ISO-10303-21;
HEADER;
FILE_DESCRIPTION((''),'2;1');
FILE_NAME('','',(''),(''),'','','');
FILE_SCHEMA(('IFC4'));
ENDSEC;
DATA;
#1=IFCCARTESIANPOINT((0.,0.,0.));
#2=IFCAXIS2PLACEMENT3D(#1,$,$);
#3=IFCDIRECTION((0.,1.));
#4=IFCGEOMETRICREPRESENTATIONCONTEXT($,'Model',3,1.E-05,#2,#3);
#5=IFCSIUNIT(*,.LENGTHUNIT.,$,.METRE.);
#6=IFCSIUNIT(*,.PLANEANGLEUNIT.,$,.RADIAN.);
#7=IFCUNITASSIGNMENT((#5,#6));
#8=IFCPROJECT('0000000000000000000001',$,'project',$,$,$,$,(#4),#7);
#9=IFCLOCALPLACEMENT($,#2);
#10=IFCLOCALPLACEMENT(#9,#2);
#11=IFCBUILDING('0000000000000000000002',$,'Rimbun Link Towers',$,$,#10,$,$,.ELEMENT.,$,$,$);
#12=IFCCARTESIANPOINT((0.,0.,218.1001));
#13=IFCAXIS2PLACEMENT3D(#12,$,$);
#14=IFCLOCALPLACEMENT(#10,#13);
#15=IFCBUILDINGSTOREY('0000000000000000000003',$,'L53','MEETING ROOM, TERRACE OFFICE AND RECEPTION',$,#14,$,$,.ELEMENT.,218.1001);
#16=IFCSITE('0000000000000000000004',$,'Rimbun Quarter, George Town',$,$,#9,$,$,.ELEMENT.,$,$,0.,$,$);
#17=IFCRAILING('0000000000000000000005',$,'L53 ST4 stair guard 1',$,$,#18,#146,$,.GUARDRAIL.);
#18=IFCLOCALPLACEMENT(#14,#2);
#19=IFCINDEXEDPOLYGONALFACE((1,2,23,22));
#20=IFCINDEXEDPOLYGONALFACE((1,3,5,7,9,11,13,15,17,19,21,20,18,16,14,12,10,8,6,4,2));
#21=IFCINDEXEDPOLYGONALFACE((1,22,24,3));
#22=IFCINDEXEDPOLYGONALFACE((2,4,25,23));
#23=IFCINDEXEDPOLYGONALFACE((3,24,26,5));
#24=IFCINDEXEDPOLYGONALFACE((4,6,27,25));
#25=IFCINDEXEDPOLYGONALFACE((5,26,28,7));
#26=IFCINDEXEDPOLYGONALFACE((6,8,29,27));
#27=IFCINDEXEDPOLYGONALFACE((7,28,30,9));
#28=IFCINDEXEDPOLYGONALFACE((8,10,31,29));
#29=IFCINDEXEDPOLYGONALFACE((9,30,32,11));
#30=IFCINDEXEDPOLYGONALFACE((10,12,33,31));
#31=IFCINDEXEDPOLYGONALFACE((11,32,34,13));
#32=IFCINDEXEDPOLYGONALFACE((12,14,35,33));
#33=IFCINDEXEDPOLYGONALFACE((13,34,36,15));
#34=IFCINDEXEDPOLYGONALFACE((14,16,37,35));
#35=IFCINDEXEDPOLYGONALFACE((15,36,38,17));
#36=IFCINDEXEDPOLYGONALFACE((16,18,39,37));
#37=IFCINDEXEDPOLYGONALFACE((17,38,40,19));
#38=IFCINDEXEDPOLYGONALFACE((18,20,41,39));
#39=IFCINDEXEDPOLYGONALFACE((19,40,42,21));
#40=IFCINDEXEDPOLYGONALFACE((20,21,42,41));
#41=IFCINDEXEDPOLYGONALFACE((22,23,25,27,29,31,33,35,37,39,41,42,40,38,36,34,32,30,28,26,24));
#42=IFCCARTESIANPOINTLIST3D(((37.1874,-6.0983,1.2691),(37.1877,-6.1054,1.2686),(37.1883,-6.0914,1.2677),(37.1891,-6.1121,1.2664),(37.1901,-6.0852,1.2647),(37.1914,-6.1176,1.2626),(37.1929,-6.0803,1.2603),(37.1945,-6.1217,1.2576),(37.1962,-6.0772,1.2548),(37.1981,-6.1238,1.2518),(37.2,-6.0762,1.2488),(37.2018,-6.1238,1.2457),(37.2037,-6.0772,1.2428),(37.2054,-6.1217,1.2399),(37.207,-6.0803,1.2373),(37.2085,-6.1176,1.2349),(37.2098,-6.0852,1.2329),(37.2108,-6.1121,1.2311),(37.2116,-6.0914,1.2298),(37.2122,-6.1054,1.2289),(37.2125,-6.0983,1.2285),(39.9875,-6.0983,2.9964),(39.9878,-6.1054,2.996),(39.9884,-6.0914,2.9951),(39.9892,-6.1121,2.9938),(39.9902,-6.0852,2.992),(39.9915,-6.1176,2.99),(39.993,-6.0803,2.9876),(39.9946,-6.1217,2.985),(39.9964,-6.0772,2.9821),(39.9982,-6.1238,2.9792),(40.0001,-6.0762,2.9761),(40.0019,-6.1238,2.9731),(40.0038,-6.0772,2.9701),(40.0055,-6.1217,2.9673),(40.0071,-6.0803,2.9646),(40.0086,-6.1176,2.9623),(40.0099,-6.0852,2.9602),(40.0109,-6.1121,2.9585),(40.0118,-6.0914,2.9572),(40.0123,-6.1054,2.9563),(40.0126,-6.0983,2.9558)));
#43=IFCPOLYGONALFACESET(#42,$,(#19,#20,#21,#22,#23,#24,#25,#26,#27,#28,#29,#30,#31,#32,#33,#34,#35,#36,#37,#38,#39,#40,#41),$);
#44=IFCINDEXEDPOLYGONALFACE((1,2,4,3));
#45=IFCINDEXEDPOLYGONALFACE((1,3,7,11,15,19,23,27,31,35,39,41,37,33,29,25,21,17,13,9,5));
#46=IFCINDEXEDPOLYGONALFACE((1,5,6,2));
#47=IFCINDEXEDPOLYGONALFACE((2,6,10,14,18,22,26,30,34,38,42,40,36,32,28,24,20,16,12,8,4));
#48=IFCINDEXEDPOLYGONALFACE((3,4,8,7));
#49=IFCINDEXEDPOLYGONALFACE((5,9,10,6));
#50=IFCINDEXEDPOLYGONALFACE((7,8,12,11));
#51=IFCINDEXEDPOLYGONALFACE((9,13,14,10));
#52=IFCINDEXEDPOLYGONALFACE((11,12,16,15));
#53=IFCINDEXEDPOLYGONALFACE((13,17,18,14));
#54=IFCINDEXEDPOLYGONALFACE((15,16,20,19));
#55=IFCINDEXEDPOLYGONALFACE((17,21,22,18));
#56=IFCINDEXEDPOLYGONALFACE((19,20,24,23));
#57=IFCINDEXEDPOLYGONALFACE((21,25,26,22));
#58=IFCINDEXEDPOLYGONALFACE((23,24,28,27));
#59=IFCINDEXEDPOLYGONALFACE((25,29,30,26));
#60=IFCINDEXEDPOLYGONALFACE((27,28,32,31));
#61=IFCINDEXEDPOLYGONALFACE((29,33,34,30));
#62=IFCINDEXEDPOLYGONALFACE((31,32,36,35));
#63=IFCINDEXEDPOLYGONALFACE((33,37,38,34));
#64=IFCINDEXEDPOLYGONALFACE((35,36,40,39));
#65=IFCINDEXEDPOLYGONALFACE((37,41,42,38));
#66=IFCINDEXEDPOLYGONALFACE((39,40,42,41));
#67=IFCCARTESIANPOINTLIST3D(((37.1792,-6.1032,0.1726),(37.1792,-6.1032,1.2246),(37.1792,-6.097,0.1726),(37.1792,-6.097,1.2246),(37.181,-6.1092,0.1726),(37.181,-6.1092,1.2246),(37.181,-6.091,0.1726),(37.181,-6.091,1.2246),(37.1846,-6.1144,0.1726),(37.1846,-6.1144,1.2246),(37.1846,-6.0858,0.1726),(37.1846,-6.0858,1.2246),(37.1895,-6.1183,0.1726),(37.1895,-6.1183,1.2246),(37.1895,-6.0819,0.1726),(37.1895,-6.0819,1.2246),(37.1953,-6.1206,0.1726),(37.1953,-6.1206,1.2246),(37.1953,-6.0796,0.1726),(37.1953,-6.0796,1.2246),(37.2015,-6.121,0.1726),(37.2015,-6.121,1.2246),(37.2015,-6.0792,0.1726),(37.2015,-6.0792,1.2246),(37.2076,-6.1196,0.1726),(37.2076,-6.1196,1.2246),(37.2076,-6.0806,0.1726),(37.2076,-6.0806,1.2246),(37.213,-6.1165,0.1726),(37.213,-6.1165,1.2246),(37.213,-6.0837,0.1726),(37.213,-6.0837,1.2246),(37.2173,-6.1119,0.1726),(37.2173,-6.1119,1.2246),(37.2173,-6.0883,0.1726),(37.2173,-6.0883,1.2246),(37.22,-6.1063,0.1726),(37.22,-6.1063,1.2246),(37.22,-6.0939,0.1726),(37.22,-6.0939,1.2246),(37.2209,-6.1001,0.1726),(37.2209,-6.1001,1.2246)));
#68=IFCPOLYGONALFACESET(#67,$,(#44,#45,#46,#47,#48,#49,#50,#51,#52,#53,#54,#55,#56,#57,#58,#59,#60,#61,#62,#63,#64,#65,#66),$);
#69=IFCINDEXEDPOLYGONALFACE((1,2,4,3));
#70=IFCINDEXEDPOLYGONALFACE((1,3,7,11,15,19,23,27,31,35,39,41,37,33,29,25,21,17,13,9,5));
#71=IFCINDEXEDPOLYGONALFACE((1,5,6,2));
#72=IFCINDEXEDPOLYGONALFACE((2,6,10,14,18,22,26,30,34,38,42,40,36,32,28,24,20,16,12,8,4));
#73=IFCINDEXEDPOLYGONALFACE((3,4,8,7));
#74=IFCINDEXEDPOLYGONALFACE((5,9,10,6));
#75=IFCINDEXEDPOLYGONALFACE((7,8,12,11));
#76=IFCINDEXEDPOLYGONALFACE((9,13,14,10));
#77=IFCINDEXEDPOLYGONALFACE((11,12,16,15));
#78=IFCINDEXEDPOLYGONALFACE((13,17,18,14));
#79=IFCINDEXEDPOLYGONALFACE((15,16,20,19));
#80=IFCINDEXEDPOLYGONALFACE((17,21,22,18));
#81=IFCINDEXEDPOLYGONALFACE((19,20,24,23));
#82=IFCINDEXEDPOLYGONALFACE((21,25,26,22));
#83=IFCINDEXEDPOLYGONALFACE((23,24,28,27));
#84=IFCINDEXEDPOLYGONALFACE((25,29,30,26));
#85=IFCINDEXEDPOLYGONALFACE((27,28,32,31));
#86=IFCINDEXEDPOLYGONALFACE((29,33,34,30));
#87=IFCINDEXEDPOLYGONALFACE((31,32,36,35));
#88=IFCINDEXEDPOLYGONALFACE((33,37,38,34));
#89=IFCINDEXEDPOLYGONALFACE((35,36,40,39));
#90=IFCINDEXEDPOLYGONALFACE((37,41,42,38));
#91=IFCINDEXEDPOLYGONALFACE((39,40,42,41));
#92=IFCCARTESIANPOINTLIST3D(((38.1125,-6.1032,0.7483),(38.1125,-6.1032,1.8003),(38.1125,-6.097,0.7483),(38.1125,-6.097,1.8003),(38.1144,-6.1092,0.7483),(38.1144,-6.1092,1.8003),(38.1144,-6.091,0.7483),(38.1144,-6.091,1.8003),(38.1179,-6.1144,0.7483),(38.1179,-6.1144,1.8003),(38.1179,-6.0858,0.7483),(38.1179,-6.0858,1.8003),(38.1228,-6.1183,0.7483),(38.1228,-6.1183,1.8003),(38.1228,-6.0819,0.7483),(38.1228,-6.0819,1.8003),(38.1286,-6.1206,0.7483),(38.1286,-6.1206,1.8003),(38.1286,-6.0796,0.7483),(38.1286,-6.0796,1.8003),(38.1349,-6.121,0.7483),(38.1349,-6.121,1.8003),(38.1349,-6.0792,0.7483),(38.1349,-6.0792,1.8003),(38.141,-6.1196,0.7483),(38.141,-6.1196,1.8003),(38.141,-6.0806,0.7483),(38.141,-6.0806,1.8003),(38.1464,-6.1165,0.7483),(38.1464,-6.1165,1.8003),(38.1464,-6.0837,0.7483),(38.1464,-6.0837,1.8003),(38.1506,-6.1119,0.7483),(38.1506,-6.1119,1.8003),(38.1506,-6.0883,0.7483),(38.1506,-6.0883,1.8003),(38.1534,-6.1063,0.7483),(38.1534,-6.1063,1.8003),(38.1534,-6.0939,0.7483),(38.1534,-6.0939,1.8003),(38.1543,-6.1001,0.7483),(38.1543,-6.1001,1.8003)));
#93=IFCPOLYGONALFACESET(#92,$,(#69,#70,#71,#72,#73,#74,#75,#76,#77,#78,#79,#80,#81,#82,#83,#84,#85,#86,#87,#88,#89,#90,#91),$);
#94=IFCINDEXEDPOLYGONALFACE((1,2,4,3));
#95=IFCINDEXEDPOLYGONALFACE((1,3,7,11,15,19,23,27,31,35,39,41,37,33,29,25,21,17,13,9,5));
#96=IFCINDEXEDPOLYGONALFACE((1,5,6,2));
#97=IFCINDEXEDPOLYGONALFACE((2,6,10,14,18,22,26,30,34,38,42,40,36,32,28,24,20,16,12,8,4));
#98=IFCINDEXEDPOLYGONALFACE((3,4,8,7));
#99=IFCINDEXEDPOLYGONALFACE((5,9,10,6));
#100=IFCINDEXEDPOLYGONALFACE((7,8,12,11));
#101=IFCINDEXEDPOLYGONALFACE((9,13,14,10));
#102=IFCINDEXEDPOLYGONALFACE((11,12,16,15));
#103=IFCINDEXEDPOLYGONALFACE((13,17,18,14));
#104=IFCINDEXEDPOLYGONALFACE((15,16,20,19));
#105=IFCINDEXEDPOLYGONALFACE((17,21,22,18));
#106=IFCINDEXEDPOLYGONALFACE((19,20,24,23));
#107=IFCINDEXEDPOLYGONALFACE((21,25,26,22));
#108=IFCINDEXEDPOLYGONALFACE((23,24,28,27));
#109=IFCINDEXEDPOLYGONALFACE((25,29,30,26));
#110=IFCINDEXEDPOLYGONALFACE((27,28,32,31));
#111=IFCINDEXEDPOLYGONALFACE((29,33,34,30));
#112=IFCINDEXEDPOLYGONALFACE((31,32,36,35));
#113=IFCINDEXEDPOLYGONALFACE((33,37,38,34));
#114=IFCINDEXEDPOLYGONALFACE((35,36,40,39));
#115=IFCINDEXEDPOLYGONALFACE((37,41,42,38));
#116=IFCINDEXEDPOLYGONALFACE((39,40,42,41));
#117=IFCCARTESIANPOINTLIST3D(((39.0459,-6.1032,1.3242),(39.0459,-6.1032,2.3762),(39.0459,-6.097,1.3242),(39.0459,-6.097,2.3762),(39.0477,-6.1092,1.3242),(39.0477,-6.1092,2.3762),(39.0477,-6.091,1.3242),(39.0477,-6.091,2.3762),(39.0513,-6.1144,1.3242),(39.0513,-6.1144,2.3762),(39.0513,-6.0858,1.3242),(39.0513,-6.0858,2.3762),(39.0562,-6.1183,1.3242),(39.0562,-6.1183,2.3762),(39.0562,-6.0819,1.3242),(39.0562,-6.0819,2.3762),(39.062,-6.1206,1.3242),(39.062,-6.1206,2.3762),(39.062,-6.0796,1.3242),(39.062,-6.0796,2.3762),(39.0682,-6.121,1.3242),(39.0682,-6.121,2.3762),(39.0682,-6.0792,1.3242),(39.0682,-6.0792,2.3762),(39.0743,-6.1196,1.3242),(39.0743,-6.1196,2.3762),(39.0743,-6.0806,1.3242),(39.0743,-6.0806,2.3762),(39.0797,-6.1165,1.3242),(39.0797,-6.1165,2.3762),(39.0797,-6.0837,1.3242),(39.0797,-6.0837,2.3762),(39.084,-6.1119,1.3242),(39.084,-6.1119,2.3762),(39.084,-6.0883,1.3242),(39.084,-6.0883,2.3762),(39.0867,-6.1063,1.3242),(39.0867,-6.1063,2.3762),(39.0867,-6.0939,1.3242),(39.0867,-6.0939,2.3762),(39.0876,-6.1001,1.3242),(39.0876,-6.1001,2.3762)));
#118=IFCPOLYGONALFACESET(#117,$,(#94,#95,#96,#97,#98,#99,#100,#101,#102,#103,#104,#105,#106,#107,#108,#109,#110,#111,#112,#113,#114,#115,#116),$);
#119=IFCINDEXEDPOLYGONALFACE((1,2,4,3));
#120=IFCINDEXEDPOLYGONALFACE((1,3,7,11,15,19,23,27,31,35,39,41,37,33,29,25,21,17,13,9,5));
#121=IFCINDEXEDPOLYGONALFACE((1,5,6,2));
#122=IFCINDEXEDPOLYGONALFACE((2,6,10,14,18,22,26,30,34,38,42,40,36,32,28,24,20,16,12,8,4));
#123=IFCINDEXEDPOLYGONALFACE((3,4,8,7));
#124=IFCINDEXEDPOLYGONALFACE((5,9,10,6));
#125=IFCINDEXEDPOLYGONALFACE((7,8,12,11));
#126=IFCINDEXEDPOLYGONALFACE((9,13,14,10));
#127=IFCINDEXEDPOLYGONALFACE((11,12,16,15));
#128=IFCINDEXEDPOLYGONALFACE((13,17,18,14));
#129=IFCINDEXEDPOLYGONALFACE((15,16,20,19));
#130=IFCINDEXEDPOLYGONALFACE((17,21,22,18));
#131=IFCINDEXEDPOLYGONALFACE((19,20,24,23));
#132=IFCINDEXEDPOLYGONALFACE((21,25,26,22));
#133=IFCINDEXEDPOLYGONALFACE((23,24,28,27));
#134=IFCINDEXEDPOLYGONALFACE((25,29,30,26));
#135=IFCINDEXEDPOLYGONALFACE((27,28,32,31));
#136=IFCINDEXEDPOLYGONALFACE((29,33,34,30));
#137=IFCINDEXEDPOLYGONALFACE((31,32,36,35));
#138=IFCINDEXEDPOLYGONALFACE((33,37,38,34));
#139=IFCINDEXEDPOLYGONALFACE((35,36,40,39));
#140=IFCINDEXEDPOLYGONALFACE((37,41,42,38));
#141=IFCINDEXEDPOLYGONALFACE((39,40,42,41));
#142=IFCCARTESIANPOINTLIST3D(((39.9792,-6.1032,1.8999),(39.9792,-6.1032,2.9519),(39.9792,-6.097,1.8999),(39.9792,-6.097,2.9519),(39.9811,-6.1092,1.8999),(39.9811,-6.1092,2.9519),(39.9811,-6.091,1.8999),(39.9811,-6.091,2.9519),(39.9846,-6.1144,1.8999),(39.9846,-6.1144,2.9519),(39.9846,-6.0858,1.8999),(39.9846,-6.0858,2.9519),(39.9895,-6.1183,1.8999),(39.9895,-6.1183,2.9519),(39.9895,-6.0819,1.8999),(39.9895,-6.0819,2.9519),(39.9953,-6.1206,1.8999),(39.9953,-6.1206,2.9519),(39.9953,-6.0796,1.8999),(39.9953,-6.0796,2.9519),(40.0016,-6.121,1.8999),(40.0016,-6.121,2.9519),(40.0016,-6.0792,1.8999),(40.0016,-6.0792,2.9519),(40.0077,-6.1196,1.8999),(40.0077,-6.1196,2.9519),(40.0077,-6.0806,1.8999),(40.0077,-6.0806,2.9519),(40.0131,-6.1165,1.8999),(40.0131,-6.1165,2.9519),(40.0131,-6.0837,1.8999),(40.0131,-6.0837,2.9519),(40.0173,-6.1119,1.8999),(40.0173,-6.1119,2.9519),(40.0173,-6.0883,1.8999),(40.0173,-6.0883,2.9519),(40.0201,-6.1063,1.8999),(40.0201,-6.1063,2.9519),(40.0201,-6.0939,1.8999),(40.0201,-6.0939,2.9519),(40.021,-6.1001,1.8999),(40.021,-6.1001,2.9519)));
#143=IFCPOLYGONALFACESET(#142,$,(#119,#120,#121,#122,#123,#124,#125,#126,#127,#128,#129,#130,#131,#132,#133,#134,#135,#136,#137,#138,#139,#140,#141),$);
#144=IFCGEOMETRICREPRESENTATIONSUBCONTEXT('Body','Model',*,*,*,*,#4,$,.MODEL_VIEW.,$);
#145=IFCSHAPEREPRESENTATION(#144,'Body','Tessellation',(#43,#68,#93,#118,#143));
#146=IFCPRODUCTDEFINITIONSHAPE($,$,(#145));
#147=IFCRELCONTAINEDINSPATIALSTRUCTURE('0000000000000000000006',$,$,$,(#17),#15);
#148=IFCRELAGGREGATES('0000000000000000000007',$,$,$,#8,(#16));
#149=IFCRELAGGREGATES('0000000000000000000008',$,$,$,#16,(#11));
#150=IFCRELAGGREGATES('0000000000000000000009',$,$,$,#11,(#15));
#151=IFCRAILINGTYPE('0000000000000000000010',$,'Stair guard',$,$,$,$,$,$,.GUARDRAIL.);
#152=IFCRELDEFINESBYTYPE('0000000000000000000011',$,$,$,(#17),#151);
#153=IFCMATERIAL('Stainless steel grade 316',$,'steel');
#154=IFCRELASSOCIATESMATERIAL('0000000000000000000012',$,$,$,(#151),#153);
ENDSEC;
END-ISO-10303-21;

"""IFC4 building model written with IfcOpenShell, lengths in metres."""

from ifc_helpers import new_model, si_unit, direction, frame, origin, origin_2d, place, context, subcontext, project, spatial, circle, extrude, material, type_object, element, save


model = new_model("IFC4")

# Units and contexts
model_context = context("Model", 3, precision=1e-05, world=origin(), true_north=direction((0.0, 1.0)))
body_context = subcontext(model_context, "Body", "Model", "MODEL_VIEW")
ifc_project = project(units=[si_unit("LENGTHUNIT", "METRE"), si_unit("PLANEANGLEUNIT", "RADIAN")], contexts=[model_context])

# Site, building, storey
site_placement = place(None, origin())
site = spatial("IfcSite", under=ifc_project, at=site_placement, Name="Rimbun Quarter, George Town", CompositionType="ELEMENT", RefElevation=0.0)
building_placement = place(site_placement, origin())
building = spatial("IfcBuilding", under=site, at=building_placement, Name="Rimbun Link Towers", CompositionType="ELEMENT")
storey_placement = place(building_placement, frame((0.0, 0.0, 218.1001)))
storey = spatial("IfcBuildingStorey", under=building, at=storey_placement, Name="L53", Description="MEETING ROOM, TERRACE OFFICE AND RECEPTION", CompositionType="ELEMENT", Elevation=218.1001)

# Railing
ifc_material_1 = material(Name="Stainless steel grade 316", Category="steel")
railing_type_1 = type_object("IfcRailingType", Name="Stair guard", PredefinedType="GUARDRAIL", material=ifc_material_1)
railing_1_placement = place(storey_placement, frame((37.2, -6.1001, 0.1726)))
element("IfcRailing", 1, at=railing_1_placement, inside=storey, type_object=railing_type_1, Name="L53 ST4 stair guard 1", PredefinedType="GUARDRAIL", context=body_context, shape_type="SweptSolid", body=[
    extrude(circle(Radius=0.0239, at=origin_2d()), frame((0.0, 0.0, 1.0762), z_axis=(0.85109, 0.0, 0.52502), x_axis=(0.0, 1.0, 0.0)), (0.0, 0.0, 1.0), 3.29),
    extrude(circle(Radius=0.021, at=origin_2d()), origin(), (0.0, 0.0, 1.0), 1.052),
    extrude(circle(Radius=0.021, at=origin_2d()), frame((0.9333, 0.0, 0.5757)), (0.0, 0.0, 1.0), 1.052),
    extrude(circle(Radius=0.021, at=origin_2d()), frame((1.8667, 0.0, 1.1516)), (0.0, 0.0, 1.0), 1.052),
    extrude(circle(Radius=0.021, at=origin_2d()), frame((2.8, 0.0, 1.7273)), (0.0, 0.0, 1.0), 1.052),
])

save(model, "model.ifc")
